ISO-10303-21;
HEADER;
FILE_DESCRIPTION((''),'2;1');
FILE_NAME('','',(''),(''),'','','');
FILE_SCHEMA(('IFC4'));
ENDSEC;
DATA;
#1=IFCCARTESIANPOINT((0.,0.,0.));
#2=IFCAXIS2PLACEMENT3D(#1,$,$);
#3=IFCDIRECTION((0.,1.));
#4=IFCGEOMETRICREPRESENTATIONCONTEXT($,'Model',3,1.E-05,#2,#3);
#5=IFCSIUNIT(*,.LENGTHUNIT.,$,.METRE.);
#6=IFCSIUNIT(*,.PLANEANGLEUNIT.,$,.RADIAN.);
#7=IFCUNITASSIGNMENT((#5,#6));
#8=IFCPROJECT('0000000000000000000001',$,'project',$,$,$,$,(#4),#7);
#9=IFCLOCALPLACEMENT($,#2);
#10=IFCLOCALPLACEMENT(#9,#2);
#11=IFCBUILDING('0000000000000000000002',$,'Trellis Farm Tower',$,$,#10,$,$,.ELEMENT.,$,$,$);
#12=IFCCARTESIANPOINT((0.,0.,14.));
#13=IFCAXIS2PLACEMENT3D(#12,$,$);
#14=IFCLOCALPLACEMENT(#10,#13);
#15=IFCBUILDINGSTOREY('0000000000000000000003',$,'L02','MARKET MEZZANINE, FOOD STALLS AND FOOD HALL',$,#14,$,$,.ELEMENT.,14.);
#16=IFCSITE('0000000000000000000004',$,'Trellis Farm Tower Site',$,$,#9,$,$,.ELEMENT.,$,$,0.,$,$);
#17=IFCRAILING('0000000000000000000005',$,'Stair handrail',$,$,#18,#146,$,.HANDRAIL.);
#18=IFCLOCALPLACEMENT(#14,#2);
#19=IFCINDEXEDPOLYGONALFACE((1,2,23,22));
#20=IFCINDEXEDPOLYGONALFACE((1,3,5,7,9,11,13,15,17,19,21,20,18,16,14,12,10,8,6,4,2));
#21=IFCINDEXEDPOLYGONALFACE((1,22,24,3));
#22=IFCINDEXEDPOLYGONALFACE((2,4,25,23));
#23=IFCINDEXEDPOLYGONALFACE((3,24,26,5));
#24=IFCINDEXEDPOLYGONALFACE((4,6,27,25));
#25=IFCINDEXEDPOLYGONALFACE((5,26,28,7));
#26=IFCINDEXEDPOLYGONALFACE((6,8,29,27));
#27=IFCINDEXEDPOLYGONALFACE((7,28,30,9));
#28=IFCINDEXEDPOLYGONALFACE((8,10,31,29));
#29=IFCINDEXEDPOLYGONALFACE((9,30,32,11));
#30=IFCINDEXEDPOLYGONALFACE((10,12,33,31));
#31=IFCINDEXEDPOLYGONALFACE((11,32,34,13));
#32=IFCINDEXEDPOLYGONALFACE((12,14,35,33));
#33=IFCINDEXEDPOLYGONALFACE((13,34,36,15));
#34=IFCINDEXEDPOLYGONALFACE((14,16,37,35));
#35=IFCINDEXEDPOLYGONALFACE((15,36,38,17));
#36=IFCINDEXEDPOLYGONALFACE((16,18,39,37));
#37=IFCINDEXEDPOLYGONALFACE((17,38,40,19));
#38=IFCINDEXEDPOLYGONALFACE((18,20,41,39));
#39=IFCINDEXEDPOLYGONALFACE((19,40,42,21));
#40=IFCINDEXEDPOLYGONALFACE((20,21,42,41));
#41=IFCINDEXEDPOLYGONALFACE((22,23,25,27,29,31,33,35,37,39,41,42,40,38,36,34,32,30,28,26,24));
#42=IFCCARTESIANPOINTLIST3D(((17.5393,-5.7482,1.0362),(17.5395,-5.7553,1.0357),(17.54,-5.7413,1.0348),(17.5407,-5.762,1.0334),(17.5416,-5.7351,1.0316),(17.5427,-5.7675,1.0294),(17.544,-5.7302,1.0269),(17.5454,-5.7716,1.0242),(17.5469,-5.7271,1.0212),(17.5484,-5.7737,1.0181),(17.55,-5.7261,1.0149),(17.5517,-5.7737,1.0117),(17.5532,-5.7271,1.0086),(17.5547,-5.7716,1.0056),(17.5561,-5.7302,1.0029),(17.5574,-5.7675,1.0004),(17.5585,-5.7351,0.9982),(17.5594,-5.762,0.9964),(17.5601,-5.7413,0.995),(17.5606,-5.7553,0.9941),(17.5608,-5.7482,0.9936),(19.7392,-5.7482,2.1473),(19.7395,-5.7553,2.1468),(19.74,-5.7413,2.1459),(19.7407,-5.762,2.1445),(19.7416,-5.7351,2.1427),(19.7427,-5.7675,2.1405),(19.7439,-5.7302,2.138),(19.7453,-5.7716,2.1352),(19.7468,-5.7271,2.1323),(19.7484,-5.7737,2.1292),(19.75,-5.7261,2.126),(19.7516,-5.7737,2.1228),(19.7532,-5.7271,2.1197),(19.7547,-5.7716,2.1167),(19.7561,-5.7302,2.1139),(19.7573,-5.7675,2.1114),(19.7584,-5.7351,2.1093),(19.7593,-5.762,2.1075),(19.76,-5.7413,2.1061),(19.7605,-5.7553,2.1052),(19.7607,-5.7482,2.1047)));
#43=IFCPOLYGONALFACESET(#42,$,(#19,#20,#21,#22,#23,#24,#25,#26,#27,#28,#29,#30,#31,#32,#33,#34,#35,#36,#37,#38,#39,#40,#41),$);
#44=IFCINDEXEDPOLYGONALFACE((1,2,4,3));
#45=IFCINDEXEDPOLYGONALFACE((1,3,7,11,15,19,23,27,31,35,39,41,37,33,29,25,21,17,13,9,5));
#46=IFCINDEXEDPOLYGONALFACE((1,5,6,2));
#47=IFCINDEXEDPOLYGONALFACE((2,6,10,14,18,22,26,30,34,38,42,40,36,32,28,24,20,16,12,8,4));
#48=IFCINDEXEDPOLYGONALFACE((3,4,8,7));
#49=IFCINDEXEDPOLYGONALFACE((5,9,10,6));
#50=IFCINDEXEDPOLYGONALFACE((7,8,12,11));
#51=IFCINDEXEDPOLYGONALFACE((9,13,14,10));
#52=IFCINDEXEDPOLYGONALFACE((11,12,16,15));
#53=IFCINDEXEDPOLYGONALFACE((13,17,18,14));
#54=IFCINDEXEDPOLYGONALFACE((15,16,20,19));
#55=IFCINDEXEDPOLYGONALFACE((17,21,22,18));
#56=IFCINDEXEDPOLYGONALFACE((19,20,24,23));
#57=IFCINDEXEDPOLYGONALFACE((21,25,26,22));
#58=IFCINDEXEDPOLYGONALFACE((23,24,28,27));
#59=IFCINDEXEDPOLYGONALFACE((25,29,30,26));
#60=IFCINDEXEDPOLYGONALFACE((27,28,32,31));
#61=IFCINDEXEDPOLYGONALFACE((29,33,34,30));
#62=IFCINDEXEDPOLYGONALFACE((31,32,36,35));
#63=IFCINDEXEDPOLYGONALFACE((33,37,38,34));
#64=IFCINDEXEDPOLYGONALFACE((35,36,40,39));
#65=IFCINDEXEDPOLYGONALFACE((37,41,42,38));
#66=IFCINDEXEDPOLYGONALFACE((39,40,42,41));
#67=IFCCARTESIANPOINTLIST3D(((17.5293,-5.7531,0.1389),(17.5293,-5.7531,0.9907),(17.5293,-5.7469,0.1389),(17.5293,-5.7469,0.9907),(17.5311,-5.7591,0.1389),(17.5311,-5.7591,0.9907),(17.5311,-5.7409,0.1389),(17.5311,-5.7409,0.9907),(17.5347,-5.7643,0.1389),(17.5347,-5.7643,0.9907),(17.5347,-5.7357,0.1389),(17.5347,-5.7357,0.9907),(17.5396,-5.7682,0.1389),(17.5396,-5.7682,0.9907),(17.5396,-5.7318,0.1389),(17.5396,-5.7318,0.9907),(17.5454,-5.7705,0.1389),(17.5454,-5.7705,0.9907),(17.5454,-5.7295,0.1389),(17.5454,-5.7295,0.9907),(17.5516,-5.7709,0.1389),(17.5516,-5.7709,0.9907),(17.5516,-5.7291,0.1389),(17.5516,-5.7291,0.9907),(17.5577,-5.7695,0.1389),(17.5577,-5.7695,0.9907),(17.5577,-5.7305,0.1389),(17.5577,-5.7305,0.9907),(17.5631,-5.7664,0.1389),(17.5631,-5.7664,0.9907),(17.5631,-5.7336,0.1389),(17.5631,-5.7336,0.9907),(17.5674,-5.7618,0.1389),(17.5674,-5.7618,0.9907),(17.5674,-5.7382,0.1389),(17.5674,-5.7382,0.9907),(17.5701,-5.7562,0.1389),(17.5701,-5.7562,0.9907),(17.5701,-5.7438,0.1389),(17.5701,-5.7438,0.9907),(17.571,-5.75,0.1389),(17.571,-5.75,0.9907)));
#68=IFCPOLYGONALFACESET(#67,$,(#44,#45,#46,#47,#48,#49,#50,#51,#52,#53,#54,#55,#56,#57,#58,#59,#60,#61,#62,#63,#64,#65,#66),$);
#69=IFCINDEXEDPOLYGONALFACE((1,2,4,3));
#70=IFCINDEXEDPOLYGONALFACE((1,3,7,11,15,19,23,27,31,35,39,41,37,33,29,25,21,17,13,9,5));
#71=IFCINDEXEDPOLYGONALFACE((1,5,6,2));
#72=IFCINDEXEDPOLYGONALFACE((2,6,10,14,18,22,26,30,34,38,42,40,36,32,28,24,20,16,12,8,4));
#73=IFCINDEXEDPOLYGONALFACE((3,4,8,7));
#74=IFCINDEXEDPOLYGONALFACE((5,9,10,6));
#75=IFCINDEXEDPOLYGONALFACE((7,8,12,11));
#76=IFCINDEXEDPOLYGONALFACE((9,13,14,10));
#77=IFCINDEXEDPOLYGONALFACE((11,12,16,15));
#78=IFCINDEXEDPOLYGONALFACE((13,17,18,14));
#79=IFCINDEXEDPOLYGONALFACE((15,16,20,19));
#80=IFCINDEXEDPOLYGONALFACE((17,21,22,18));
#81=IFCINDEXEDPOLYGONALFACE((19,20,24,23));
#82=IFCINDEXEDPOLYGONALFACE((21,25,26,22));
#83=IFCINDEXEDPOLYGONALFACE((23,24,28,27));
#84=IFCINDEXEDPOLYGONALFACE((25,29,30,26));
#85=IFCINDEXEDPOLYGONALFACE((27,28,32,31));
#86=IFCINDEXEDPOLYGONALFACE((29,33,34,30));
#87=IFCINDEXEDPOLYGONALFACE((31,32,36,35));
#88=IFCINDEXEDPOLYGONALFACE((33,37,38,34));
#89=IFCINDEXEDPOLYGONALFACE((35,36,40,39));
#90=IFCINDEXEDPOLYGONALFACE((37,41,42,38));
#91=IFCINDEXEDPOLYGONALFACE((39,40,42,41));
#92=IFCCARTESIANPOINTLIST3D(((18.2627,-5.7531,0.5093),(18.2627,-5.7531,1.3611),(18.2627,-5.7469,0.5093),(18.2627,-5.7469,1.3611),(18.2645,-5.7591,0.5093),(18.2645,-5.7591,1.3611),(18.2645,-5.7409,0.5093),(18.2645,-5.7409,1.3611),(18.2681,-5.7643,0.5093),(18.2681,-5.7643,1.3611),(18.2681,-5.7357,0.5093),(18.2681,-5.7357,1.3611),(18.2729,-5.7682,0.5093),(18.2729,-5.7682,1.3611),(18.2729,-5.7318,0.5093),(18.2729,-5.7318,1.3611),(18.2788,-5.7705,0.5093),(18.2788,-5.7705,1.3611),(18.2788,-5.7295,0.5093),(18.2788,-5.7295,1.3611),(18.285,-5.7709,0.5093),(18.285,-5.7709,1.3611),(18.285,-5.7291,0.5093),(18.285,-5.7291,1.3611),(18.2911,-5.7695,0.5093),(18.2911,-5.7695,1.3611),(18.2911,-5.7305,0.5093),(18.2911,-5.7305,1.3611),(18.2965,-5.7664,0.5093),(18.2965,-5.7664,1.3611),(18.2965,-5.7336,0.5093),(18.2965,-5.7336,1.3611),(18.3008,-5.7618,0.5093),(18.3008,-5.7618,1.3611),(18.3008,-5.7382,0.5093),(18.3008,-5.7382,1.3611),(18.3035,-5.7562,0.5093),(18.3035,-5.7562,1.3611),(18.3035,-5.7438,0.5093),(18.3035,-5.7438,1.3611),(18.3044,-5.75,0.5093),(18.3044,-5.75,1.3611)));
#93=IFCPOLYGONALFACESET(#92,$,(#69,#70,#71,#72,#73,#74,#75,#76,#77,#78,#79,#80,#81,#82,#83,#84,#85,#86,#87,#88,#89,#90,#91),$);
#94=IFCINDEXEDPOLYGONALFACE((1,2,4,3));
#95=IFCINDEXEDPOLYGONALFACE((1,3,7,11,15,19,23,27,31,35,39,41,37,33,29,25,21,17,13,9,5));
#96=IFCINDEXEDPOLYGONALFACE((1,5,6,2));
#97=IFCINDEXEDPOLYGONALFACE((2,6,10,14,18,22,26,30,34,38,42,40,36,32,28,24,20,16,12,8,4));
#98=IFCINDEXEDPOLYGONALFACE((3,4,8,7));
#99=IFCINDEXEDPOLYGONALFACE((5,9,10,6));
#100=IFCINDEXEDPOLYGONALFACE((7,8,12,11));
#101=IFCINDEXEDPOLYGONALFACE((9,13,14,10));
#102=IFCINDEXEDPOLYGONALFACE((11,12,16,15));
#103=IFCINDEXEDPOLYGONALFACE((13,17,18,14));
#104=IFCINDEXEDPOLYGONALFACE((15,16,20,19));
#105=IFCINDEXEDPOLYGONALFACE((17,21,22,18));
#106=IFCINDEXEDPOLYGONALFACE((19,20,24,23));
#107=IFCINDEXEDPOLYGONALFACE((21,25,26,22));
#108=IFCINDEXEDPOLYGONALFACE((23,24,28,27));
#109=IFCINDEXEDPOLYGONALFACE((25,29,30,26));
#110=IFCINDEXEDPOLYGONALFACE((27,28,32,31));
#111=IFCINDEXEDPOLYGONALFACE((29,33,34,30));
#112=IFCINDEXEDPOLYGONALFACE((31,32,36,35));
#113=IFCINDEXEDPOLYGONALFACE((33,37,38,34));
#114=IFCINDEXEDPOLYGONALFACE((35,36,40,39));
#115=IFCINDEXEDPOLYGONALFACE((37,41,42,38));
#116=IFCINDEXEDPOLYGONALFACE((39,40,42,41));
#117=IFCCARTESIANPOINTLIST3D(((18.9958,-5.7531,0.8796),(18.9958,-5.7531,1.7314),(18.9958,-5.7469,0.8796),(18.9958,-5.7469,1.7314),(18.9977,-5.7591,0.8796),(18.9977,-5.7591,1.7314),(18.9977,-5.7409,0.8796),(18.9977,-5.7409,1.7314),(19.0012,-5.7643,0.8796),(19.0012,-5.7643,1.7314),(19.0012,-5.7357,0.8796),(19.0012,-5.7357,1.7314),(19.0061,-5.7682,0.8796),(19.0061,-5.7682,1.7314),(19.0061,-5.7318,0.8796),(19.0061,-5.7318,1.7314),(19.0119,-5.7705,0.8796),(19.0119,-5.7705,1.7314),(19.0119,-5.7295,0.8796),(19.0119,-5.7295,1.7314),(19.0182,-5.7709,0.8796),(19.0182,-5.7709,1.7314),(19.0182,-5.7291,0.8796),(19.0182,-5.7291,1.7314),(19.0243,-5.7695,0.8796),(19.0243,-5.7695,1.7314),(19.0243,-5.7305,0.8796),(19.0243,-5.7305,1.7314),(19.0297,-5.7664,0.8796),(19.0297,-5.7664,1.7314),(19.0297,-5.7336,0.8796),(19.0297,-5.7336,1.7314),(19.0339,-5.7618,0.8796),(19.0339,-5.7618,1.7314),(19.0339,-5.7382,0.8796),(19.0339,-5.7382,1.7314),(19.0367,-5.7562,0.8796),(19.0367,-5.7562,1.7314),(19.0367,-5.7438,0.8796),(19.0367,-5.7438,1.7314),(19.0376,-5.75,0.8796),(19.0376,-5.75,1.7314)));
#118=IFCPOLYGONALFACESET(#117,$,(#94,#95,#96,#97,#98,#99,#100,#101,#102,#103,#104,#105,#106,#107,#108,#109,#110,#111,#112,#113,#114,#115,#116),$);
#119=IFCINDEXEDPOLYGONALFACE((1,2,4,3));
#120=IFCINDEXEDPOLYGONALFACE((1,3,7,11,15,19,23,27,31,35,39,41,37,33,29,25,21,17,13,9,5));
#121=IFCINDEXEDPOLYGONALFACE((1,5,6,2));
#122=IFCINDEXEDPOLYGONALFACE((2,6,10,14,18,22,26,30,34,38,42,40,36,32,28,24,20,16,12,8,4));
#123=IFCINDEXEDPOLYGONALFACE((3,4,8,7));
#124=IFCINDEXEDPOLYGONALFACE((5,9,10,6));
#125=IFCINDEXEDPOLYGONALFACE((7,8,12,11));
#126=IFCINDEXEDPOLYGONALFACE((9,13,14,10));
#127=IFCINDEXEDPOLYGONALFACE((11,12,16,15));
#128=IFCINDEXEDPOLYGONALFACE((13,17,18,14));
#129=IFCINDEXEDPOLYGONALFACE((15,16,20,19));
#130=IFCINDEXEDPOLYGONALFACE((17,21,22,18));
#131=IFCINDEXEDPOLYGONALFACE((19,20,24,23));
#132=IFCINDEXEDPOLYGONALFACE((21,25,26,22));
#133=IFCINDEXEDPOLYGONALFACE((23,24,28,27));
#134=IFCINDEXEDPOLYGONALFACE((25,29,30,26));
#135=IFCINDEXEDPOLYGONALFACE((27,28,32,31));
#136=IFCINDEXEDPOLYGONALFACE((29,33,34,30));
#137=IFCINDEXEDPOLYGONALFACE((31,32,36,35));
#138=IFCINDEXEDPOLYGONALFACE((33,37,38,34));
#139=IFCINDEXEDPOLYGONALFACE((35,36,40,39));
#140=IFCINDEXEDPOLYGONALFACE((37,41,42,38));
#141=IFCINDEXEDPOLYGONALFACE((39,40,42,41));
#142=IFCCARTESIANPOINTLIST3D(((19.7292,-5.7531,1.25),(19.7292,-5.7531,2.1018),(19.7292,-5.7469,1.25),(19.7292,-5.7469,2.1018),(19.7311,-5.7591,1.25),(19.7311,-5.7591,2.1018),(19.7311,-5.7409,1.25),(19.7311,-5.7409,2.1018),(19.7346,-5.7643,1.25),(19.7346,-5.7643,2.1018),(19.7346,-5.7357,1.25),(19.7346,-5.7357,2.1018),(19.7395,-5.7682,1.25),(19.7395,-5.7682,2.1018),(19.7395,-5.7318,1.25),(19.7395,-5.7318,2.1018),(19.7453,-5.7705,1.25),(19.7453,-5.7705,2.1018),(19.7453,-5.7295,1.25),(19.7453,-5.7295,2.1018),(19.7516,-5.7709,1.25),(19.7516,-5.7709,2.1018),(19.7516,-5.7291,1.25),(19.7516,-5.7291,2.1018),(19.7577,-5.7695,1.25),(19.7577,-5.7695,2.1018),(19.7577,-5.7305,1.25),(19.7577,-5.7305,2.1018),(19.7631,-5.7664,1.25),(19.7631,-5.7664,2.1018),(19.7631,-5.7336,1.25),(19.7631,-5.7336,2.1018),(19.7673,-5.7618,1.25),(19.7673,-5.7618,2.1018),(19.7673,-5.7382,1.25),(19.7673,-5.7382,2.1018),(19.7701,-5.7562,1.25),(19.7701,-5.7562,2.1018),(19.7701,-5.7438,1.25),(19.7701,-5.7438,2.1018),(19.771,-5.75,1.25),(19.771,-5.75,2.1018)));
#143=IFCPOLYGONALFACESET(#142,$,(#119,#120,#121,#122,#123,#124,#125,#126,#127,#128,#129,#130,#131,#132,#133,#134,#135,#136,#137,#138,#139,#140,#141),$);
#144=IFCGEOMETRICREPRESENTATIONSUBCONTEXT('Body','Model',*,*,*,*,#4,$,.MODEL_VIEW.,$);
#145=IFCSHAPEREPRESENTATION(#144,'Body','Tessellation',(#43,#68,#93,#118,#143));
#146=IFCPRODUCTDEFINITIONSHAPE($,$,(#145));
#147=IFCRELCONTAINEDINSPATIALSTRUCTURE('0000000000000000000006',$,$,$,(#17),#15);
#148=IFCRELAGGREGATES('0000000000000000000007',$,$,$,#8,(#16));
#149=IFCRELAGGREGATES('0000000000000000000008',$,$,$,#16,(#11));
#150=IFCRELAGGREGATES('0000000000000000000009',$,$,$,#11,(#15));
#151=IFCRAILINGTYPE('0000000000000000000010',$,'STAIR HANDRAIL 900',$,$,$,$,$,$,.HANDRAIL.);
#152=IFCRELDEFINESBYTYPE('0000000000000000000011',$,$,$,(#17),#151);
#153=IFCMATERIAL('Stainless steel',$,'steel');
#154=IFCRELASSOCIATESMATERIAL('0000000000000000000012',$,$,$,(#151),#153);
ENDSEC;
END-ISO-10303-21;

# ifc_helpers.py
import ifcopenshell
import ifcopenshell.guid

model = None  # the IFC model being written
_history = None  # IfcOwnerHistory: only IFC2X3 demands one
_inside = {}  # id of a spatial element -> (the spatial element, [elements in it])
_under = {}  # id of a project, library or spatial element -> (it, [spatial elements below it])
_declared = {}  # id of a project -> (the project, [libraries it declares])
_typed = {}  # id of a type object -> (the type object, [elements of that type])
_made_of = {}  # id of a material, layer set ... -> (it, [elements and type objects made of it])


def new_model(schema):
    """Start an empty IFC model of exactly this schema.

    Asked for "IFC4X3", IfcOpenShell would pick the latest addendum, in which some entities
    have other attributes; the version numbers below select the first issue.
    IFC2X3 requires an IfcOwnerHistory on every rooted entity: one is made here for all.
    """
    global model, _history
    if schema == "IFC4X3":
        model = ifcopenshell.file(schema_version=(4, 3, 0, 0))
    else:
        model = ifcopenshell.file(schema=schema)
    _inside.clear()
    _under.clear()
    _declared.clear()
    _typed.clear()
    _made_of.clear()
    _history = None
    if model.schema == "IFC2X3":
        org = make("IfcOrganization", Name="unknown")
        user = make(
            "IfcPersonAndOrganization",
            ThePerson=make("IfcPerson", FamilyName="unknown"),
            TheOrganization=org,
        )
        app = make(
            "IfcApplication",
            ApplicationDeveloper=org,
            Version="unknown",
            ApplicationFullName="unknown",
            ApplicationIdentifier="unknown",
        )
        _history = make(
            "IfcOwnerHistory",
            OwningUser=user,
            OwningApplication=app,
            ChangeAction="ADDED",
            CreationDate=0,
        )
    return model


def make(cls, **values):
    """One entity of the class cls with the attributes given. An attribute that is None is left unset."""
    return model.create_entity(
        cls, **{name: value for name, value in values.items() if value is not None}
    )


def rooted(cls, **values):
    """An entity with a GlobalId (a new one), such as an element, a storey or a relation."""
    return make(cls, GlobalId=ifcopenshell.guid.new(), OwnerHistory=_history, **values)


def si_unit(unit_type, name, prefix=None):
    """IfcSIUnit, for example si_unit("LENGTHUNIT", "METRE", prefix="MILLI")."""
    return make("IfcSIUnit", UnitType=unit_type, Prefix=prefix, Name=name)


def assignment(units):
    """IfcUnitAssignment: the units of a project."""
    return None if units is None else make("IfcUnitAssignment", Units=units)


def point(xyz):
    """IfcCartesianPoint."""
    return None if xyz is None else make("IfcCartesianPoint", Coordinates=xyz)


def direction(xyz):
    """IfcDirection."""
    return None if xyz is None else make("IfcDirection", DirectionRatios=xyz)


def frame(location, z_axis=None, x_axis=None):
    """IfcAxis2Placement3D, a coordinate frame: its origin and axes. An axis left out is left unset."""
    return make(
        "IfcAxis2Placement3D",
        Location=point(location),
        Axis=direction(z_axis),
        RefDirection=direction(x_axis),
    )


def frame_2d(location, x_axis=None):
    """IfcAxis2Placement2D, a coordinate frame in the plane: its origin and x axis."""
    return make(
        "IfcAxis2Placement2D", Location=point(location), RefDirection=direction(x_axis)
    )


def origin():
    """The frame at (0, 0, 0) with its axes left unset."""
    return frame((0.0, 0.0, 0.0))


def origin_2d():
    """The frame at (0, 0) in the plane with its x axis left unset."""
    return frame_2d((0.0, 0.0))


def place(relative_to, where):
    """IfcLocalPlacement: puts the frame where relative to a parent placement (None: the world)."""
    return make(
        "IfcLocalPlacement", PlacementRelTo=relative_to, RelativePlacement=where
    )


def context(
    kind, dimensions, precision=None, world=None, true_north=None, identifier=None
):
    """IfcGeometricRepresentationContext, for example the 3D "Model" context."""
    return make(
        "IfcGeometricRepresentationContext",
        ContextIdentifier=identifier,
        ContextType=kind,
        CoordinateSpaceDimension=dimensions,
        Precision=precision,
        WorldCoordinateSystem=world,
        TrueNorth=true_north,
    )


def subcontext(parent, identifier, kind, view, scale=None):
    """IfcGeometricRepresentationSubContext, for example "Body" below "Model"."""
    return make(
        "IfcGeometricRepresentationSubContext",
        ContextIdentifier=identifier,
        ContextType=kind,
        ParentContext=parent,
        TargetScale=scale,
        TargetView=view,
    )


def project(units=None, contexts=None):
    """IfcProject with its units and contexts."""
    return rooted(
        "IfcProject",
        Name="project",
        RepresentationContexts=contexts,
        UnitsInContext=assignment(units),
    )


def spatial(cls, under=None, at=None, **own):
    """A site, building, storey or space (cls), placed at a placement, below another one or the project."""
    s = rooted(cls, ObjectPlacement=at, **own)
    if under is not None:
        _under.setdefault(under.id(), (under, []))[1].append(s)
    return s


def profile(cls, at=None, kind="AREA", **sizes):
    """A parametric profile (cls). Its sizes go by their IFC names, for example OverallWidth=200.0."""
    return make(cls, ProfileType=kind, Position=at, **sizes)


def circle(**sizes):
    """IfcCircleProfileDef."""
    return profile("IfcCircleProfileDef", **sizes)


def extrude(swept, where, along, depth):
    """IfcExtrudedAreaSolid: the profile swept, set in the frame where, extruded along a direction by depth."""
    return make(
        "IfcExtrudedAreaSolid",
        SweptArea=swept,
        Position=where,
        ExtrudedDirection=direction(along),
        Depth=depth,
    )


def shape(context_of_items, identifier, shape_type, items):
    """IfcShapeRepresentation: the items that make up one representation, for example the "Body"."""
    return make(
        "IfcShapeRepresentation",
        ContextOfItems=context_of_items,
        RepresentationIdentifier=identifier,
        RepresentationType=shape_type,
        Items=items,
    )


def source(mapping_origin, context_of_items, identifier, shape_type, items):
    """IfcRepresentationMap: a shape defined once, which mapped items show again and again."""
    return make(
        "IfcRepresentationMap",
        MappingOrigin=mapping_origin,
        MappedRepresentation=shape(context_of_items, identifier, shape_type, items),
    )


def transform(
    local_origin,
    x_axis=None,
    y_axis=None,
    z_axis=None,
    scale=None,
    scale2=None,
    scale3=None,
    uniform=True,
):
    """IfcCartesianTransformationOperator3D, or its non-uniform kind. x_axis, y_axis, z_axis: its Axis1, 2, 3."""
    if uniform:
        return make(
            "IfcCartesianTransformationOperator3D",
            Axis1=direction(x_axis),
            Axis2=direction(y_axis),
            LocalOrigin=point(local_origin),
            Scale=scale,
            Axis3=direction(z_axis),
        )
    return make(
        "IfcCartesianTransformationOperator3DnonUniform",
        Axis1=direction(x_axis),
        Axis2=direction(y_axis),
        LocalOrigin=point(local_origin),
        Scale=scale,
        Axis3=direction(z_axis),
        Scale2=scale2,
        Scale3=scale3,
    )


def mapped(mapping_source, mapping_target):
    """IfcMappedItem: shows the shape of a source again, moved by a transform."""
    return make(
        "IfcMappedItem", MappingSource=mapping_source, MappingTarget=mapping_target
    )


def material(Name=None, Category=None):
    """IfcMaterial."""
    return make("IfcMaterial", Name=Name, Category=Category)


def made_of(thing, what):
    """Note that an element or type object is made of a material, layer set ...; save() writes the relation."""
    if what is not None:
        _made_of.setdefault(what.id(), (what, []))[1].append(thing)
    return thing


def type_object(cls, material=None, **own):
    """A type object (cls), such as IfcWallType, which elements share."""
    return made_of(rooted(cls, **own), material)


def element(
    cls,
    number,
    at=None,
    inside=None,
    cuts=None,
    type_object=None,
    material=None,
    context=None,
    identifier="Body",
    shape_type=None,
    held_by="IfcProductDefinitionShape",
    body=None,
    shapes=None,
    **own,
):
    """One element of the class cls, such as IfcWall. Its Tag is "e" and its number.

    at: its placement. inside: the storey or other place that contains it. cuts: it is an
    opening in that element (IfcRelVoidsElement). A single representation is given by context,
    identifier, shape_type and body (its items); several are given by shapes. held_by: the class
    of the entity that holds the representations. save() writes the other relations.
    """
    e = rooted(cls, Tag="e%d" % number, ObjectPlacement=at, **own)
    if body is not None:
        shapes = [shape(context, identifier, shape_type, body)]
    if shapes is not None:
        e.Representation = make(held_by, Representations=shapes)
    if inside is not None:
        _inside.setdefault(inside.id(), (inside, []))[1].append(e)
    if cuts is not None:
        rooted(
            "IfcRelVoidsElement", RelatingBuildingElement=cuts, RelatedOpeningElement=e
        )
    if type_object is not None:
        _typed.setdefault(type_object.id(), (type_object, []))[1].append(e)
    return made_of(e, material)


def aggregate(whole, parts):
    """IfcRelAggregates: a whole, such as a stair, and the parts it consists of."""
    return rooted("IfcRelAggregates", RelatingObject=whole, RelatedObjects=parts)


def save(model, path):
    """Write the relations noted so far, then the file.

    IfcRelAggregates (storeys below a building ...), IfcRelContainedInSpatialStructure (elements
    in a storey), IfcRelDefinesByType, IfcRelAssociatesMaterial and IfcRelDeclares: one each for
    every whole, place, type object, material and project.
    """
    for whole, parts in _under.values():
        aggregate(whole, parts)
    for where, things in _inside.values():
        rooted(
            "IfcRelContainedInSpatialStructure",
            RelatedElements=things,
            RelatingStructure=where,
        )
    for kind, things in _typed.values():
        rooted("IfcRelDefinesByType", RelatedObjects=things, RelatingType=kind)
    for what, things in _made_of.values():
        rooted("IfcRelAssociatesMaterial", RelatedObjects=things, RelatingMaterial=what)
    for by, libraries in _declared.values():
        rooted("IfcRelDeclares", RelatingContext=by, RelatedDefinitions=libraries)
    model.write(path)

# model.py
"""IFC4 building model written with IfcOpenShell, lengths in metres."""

from ifc_helpers import new_model, si_unit, direction, frame, origin, origin_2d, place, context, subcontext, project, spatial, circle, extrude, source, transform, mapped, material, type_object, element, save


model = new_model("IFC4")

# Units and contexts
model_context = context("Model", 3, precision=1e-05, world=origin(), true_north=direction((0.0, 1.0)))
body_context = subcontext(model_context, "Body", "Model", "MODEL_VIEW")
ifc_project = project(units=[si_unit("LENGTHUNIT", "METRE"), si_unit("PLANEANGLEUNIT", "RADIAN")], contexts=[model_context])

# Site, building, storey
site_placement = place(None, origin())
site = spatial("IfcSite", under=ifc_project, at=site_placement, Name="Trellis Farm Tower Site", CompositionType="ELEMENT", RefElevation=0.0)
building_placement = place(site_placement, origin())
building = spatial("IfcBuilding", under=site, at=building_placement, Name="Trellis Farm Tower", CompositionType="ELEMENT")
storey_placement = place(building_placement, frame((0.0, 0.0, 14.0)))
storey = spatial("IfcBuildingStorey", under=building, at=storey_placement, Name="L02", Description="MARKET MEZZANINE, FOOD STALLS AND FOOD HALL", CompositionType="ELEMENT", Elevation=14.0)

# Railing
ifc_material_1 = material(Name="Stainless steel", Category="steel")
railing_type = type_object("IfcRailingType", Name="STAIR HANDRAIL 900", PredefinedType="HANDRAIL", material=ifc_material_1)
shared_shape_1 = source(origin(), body_context, "Body", "SweptSolid", [
    extrude(circle(Radius=0.0239, at=origin_2d()), frame((0.0, 0.0, 0.876), z_axis=(0.892617, 0.0, 0.450816), x_axis=(0.0, 1.0, 0.0)), (0.0, 0.0, 1.0), 2.4646),
    extrude(circle(Radius=0.021, at=origin_2d()), origin(), (0.0, 0.0, 1.0), 0.8518),
    extrude(circle(Radius=0.021, at=origin_2d()), frame((0.7334, 0.0, 0.3704)), (0.0, 0.0, 1.0), 0.8518),
    extrude(circle(Radius=0.021, at=origin_2d()), frame((1.4666, 0.0, 0.7407)), (0.0, 0.0, 1.0), 0.8518),
    extrude(circle(Radius=0.021, at=origin_2d()), frame((2.2, 0.0, 1.1111)), (0.0, 0.0, 1.0), 0.8518),
])
railing_placement = place(storey_placement, frame((17.55, -5.75, 0.1389)))
element("IfcRailing", 1, at=railing_placement, inside=storey, type_object=railing_type, Name="Stair handrail", PredefinedType="HANDRAIL", context=body_context, shape_type="MappedRepresentation", body=[
    mapped(shared_shape_1, transform((0.0, 0.0, 0.0))),
])

save(model, "model.ifc")
